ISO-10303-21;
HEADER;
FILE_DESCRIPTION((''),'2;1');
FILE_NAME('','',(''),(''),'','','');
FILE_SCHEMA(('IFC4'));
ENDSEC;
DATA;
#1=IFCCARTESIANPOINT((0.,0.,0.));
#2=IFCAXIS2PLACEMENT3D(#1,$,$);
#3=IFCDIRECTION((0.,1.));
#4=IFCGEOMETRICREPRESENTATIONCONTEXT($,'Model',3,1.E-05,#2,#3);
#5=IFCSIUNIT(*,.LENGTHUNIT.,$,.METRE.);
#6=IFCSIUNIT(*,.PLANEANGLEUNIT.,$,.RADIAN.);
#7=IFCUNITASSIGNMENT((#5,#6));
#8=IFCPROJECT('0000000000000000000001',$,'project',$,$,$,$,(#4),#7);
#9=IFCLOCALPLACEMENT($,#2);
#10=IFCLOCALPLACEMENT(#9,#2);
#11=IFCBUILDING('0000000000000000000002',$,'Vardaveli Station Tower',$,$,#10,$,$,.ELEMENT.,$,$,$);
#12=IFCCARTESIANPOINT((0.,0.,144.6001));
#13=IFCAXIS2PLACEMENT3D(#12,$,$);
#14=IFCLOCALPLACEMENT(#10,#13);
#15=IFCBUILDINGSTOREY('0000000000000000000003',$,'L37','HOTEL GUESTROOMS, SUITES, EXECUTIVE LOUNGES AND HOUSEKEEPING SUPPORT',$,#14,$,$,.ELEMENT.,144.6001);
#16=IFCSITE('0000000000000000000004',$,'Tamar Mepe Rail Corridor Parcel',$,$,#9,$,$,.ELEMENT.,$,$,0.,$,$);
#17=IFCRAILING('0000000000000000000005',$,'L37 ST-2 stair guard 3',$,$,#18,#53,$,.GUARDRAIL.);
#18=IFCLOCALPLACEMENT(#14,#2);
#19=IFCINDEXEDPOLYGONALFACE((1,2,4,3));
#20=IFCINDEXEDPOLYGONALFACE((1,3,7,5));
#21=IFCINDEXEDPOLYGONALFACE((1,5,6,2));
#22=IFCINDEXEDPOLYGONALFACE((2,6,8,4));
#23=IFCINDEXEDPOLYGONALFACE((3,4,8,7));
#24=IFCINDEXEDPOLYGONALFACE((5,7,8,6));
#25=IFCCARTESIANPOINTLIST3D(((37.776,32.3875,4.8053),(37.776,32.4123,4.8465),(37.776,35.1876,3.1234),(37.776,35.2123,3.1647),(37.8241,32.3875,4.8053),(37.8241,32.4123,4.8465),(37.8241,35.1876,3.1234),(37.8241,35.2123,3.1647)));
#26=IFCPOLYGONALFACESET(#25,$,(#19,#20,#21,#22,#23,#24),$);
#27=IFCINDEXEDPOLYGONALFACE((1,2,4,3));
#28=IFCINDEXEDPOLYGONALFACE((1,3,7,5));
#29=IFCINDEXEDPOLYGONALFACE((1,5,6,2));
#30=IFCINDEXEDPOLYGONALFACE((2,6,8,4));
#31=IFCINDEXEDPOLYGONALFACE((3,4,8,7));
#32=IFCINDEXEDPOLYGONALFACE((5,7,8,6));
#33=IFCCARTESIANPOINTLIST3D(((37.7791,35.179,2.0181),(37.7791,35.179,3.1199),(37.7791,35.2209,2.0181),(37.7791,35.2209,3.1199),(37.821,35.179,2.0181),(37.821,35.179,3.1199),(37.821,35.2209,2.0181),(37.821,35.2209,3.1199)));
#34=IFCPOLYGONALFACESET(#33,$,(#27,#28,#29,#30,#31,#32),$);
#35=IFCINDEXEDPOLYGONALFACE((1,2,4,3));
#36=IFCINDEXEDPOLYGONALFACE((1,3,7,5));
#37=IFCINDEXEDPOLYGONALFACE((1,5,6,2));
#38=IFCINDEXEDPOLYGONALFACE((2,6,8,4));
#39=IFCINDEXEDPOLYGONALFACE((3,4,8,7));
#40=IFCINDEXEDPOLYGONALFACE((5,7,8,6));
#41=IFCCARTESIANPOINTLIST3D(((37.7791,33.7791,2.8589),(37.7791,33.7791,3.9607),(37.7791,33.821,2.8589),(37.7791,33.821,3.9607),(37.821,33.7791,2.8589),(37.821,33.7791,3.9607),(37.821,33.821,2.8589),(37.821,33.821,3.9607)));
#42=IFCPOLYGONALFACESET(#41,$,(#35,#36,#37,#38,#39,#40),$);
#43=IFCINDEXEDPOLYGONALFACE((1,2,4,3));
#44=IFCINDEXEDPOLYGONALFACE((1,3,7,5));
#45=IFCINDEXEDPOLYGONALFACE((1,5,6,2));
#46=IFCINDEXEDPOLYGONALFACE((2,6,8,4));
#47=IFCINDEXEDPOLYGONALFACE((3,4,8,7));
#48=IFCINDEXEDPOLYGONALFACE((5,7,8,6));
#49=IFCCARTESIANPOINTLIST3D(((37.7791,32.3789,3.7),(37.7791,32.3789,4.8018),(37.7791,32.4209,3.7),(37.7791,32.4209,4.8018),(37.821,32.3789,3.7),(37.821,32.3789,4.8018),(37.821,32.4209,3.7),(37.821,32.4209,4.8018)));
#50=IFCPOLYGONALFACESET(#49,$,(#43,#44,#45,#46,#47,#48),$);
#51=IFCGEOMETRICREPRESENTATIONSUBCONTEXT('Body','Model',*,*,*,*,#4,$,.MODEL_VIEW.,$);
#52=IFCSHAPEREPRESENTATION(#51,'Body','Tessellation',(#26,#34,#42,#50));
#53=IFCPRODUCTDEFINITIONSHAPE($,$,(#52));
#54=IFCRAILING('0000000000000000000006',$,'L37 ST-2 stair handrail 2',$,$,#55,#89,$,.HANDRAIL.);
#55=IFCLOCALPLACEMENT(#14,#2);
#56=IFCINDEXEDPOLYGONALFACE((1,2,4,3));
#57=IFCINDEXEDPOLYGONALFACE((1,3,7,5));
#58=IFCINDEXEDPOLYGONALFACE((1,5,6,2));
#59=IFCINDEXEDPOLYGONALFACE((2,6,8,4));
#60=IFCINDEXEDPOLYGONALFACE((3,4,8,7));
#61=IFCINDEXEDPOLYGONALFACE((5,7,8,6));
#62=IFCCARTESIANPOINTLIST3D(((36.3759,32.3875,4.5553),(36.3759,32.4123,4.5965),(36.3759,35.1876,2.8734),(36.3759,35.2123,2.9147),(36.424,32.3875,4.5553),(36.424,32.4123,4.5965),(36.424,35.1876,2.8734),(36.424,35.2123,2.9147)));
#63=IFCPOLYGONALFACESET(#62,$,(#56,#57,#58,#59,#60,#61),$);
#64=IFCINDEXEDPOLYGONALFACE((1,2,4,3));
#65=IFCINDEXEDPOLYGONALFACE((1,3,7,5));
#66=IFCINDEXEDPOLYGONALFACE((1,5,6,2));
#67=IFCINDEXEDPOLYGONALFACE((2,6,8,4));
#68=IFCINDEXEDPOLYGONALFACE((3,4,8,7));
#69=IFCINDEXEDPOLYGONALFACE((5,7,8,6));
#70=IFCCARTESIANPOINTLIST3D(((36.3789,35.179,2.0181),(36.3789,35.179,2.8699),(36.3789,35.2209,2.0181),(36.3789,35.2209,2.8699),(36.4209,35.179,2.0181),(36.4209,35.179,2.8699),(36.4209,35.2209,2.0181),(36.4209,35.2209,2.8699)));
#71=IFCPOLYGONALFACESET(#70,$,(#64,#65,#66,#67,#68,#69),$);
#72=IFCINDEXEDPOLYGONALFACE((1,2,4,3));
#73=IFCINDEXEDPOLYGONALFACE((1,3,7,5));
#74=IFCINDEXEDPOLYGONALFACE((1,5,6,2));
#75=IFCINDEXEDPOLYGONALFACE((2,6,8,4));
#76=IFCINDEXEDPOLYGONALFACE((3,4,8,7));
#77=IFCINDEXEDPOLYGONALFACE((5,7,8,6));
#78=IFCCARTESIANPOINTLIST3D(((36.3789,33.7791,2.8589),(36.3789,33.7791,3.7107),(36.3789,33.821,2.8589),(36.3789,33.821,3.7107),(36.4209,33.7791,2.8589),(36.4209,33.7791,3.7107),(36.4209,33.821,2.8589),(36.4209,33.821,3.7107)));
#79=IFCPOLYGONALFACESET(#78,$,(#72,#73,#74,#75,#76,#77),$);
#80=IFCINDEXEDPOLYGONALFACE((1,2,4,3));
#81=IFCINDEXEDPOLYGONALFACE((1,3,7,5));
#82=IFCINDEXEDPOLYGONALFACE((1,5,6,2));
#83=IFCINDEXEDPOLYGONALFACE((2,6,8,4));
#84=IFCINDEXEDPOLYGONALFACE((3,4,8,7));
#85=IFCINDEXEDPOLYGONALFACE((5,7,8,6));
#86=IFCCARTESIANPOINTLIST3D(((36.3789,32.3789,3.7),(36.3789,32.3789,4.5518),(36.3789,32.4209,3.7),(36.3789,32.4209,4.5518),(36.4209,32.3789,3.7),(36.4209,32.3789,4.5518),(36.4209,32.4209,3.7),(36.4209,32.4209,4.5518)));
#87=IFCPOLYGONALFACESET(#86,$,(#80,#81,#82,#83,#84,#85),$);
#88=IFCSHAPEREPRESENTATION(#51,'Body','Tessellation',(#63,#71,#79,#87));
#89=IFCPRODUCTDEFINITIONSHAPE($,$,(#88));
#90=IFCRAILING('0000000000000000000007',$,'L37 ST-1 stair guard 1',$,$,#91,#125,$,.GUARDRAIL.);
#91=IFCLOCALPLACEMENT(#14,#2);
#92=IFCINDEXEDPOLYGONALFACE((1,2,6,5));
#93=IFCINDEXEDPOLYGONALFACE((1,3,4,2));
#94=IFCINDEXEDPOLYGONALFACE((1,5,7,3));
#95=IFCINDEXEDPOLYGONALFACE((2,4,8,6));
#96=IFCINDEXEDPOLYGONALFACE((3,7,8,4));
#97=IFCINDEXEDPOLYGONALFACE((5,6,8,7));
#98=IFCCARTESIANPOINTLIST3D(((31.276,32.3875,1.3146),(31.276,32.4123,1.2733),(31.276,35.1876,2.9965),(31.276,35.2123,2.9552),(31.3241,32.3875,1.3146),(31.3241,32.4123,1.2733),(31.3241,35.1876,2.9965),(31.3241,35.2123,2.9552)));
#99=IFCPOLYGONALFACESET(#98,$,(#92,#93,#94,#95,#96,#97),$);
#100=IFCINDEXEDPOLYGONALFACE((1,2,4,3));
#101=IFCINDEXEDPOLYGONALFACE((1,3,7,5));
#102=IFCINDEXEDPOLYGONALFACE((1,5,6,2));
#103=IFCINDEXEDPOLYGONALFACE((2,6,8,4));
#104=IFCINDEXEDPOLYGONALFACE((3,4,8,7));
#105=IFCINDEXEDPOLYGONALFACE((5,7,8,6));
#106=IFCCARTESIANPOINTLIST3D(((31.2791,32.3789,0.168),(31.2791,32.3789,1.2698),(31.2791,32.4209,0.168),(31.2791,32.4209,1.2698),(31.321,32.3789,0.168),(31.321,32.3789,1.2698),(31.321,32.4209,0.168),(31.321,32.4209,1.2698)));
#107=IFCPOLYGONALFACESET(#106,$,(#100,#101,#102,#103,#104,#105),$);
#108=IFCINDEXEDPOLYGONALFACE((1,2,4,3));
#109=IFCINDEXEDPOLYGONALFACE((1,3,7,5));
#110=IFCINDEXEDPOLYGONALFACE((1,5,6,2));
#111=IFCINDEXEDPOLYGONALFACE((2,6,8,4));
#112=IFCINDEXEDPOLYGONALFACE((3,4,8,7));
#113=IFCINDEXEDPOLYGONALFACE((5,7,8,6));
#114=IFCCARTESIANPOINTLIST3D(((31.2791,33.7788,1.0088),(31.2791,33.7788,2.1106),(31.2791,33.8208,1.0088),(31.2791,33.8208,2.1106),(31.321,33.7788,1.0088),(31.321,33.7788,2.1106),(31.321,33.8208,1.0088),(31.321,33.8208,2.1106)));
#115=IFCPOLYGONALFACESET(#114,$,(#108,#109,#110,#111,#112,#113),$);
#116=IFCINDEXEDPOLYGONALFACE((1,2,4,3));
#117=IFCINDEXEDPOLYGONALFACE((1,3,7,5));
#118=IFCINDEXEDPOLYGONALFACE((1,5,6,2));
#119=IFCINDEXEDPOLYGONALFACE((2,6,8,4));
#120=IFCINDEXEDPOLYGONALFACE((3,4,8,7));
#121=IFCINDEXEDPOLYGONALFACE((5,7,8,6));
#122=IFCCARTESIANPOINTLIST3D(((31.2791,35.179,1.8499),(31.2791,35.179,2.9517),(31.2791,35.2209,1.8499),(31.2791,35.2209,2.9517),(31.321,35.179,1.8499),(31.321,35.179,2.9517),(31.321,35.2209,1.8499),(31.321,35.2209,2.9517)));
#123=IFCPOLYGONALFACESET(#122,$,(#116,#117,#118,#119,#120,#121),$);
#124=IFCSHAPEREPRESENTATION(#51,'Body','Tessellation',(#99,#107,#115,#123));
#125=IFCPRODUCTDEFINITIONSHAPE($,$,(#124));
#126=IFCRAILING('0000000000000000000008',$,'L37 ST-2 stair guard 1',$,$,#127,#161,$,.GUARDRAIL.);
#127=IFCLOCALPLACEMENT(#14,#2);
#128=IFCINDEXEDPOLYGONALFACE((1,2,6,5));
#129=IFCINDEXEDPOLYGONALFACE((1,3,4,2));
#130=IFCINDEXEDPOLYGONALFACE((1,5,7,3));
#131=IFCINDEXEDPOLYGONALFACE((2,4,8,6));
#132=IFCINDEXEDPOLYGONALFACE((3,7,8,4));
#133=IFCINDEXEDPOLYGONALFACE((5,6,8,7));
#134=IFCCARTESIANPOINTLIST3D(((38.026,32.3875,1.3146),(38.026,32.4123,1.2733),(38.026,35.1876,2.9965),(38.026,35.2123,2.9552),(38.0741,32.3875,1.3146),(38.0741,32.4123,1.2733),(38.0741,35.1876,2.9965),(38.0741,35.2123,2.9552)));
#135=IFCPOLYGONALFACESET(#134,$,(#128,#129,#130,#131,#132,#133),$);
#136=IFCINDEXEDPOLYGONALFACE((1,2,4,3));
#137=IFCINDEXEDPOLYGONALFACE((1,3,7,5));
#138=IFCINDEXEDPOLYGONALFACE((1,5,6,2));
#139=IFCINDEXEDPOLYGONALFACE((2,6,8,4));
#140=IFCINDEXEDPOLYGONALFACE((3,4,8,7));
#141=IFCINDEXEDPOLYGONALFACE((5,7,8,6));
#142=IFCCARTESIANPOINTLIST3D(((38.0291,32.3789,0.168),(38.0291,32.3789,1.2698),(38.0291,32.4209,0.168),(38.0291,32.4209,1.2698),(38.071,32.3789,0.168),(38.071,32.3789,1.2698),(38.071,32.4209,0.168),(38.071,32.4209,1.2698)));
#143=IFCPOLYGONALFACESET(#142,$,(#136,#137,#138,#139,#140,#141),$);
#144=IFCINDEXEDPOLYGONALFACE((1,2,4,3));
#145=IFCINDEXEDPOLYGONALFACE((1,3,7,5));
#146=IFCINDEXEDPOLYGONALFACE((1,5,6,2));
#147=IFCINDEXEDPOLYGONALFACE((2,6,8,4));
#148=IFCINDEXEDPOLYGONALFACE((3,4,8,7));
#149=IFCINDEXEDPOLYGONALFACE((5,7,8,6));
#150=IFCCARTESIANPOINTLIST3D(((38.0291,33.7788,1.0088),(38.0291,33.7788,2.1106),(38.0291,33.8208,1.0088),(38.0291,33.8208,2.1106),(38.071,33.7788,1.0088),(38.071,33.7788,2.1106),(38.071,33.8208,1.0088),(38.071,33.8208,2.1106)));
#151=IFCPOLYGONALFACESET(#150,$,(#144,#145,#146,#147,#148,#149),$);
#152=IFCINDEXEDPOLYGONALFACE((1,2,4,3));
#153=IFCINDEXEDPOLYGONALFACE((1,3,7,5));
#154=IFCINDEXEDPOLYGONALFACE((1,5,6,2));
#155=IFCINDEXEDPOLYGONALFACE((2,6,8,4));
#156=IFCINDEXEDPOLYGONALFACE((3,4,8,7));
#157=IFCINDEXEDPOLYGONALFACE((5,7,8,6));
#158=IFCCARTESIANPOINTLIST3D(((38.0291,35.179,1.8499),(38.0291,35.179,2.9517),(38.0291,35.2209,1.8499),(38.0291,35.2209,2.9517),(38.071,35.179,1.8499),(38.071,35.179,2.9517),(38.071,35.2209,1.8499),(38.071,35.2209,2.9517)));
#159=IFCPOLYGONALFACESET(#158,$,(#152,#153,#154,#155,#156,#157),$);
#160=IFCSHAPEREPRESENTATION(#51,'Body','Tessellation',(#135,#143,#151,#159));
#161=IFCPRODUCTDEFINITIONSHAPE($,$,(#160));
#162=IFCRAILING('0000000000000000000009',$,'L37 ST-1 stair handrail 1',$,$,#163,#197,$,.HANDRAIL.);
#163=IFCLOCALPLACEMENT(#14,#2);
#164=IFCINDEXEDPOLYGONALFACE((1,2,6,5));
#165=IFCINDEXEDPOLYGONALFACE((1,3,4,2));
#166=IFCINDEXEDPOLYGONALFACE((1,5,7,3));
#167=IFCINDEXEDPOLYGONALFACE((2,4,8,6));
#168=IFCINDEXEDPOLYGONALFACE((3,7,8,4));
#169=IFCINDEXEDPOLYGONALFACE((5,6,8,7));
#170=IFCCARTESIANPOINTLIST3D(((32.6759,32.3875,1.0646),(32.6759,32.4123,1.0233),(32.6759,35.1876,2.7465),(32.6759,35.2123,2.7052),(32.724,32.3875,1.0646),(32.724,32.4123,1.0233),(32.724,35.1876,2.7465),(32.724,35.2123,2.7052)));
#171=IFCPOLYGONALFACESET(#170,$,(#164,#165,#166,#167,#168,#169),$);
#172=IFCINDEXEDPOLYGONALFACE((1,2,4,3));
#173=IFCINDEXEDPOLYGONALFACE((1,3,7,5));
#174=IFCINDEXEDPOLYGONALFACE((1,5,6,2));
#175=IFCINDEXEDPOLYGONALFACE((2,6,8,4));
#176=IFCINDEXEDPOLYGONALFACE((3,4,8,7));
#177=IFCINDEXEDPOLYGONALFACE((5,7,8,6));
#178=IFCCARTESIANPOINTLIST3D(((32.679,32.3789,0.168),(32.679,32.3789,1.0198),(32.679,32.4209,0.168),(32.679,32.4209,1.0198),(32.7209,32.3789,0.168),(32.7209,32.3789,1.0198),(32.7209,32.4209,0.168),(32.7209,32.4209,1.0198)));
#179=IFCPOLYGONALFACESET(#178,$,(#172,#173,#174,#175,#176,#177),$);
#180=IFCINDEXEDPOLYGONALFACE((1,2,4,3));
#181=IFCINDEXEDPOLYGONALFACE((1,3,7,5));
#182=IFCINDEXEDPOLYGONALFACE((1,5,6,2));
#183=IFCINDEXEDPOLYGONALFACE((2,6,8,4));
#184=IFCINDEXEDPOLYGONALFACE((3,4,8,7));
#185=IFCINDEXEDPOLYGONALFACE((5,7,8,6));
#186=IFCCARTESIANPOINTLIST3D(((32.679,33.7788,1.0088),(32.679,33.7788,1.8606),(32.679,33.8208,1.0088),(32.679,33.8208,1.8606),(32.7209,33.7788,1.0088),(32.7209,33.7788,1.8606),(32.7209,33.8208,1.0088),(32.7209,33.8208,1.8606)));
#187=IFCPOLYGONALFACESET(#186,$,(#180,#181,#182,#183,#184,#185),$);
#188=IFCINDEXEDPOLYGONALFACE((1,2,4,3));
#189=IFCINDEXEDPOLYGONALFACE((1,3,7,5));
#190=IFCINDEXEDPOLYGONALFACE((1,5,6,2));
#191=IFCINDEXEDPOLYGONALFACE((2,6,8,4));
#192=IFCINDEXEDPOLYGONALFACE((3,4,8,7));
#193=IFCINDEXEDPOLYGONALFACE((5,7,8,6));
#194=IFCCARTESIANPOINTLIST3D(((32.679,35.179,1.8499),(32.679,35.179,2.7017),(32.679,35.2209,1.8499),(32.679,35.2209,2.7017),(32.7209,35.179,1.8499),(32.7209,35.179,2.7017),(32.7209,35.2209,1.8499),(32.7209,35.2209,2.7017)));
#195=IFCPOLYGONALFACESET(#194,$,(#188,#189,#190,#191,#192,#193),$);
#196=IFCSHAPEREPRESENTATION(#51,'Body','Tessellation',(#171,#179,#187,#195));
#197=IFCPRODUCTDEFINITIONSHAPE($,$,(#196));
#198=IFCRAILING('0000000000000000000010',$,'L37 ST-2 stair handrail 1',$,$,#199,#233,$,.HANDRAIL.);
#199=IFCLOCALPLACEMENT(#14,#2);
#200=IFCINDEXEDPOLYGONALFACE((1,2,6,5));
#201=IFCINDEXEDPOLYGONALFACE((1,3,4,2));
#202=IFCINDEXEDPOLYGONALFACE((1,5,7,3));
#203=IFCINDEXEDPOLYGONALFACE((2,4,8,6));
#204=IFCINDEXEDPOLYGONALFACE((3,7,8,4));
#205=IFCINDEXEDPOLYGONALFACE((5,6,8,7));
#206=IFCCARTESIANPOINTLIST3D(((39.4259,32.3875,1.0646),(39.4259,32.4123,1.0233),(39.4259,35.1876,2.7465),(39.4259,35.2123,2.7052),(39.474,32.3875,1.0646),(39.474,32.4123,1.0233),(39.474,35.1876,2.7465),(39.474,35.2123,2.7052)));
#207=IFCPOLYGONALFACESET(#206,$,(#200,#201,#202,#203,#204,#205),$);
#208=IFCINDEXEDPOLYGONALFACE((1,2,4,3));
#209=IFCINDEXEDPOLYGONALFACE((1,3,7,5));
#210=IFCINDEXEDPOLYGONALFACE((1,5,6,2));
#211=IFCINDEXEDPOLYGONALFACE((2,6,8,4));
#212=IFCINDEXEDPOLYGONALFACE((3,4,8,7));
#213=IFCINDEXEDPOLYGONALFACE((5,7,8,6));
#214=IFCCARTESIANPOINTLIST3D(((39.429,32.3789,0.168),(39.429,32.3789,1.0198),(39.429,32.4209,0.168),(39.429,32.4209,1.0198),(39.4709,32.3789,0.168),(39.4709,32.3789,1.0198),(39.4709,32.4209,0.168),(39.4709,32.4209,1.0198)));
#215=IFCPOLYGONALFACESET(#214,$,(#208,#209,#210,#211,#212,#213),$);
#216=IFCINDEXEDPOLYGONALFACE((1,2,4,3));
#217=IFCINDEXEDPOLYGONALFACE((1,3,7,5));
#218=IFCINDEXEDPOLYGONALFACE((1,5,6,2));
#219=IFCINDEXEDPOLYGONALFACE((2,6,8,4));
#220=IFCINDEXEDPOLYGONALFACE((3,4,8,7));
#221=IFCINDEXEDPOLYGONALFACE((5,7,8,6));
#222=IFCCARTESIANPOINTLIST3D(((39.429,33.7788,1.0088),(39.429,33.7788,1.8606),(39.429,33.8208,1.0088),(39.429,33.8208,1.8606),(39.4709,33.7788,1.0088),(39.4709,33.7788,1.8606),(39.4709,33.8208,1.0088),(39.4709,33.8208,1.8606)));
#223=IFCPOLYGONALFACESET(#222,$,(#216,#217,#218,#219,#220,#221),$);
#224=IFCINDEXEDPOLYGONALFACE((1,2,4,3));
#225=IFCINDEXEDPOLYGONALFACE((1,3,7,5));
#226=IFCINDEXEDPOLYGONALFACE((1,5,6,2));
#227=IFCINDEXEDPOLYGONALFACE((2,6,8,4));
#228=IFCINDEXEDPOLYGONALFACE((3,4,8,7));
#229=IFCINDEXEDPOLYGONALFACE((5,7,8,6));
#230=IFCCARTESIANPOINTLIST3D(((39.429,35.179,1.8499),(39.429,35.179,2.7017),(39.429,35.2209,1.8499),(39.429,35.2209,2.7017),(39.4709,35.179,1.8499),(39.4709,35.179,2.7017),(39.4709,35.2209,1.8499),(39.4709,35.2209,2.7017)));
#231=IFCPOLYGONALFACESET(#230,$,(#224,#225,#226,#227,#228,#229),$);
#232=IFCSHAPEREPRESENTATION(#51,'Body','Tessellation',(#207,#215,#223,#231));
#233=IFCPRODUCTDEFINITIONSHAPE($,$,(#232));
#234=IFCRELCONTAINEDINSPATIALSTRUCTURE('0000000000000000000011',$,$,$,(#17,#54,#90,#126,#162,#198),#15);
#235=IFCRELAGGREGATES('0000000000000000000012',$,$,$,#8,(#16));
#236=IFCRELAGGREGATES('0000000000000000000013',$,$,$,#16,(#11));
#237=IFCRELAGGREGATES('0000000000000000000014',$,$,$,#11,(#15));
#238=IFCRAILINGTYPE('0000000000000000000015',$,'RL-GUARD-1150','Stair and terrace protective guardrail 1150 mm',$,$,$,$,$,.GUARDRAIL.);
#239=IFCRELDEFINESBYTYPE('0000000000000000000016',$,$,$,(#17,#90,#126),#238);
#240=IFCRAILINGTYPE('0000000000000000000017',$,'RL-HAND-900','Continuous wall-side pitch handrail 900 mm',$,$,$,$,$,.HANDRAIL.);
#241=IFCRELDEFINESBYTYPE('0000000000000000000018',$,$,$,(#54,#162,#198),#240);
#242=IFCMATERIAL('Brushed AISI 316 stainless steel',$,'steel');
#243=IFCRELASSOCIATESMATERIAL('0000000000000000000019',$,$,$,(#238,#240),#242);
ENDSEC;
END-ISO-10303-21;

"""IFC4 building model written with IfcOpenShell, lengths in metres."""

from ifc_helpers import new_model, si_unit, direction, frame, origin, origin_2d, place, context, subcontext, project, spatial, rectangle, extrude, source, transform, mapped, material, type_object, element, save


model = new_model("IFC4")

# Units and contexts
model_context = context("Model", 3, precision=1e-05, world=origin(), true_north=direction((0.0, 1.0)))
body_context = subcontext(model_context, "Body", "Model", "MODEL_VIEW")
ifc_project = project(units=[si_unit("LENGTHUNIT", "METRE"), si_unit("PLANEANGLEUNIT", "RADIAN")], contexts=[model_context])

# Site, building, storey
site_placement = place(None, origin())
site = spatial("IfcSite", under=ifc_project, at=site_placement, Name="Tamar Mepe Rail Corridor Parcel", CompositionType="ELEMENT", RefElevation=0.0)
building_placement = place(site_placement, origin())
building = spatial("IfcBuilding", under=site, at=building_placement, Name="Vardaveli Station Tower", CompositionType="ELEMENT")
storey_placement = place(building_placement, frame((0.0, 0.0, 144.6001)))
storey = spatial("IfcBuildingStorey", under=building, at=storey_placement, Name="L37", Description="HOTEL GUESTROOMS, SUITES, EXECUTIVE LOUNGES AND HOUSEKEEPING SUPPORT", CompositionType="ELEMENT", Elevation=144.6001)

# Railings
ifc_material_1 = material(Name="Brushed AISI 316 stainless steel", Category="steel")
railing_type_1 = type_object("IfcRailingType", Name="RL-GUARD-1150", Description="Stair and terrace protective guardrail 1150 mm", PredefinedType="GUARDRAIL", material=ifc_material_1)
shared_shape_1 = source(origin(), body_context, "Body", "SweptSolid", [
    extrude(rectangle(XDim=0.0481, YDim=0.0481, at=origin_2d()), frame((0.0, 0.0, 1.126), z_axis=(0.0, -0.857242, 0.514913), x_axis=(1.0, 0.0, 0.0)), (0.0, 0.0, 1.0), 3.2664),
    extrude(rectangle(XDim=0.042, YDim=0.042, at=origin_2d()), origin(), (0.0, 0.0, 1.0), 1.1018),
    extrude(rectangle(XDim=0.042, YDim=0.042, at=origin_2d()), frame((0.0, -1.3999, 0.8408)), (0.0, 0.0, 1.0), 1.1018),
    extrude(rectangle(XDim=0.042, YDim=0.042, at=origin_2d()), frame((0.0, -2.8, 1.6819)), (0.0, 0.0, 1.0), 1.1018),
])
railing_1_placement = place(storey_placement, frame((37.8, 35.2, 2.0181)))
element("IfcRailing", 1, at=railing_1_placement, inside=storey, type_object=railing_type_1, Name="L37 ST-2 stair guard 3", PredefinedType="GUARDRAIL", context=body_context, shape_type="MappedRepresentation", body=[
    mapped(shared_shape_1, transform((0.0, 0.0, 0.0), scale=1.0)),
])
railing_type_2 = type_object("IfcRailingType", Name="RL-HAND-900", Description="Continuous wall-side pitch handrail 900 mm", PredefinedType="HANDRAIL", material=ifc_material_1)
shared_shape_2 = source(origin(), body_context, "Body", "SweptSolid", [
    extrude(rectangle(XDim=0.0481, YDim=0.0481, at=origin_2d()), frame((0.0, 0.0, 0.876), z_axis=(0.0, -0.857242, 0.514913), x_axis=(1.0, 0.0, 0.0)), (0.0, 0.0, 1.0), 3.2664),
    extrude(rectangle(XDim=0.042, YDim=0.042, at=origin_2d()), origin(), (0.0, 0.0, 1.0), 0.8518),
    extrude(rectangle(XDim=0.042, YDim=0.042, at=origin_2d()), frame((0.0, -1.3999, 0.8408)), (0.0, 0.0, 1.0), 0.8518),
    extrude(rectangle(XDim=0.042, YDim=0.042, at=origin_2d()), frame((0.0, -2.8, 1.6819)), (0.0, 0.0, 1.0), 0.8518),
])
railing_2_placement = place(storey_placement, frame((36.3999, 35.2, 2.0181)))
element("IfcRailing", 2, at=railing_2_placement, inside=storey, type_object=railing_type_2, Name="L37 ST-2 stair handrail 2", PredefinedType="HANDRAIL", context=body_context, shape_type="MappedRepresentation", body=[
    mapped(shared_shape_2, transform((0.0, 0.0, 0.0), scale=1.0)),
])
shared_shape_3 = source(origin(), body_context, "Body", "SweptSolid", [
    extrude(rectangle(XDim=0.0481, YDim=0.0481, at=origin_2d()), frame((0.0, 0.0, 1.126), z_axis=(0.0, 0.857242, 0.514913), x_axis=(-1.0, 0.0, 0.0)), (0.0, 0.0, 1.0), 3.2664),
    extrude(rectangle(XDim=0.042, YDim=0.042, at=origin_2d()), origin(), (0.0, 0.0, 1.0), 1.1018),
    extrude(rectangle(XDim=0.042, YDim=0.042, at=origin_2d()), frame((0.0, 1.3999, 0.8408)), (0.0, 0.0, 1.0), 1.1018),
    extrude(rectangle(XDim=0.042, YDim=0.042, at=origin_2d()), frame((0.0, 2.8, 1.6819)), (0.0, 0.0, 1.0), 1.1018),
])
for number, where, name in (
    (3, (31.3, 32.3999, 0.168), "L37 ST-1 stair guard 1"),
    (4, (38.05, 32.3999, 0.168), "L37 ST-2 stair guard 1"),
):
    element("IfcRailing", number, at=place(storey_placement, frame(where)), inside=storey, type_object=railing_type_1, Name=name, PredefinedType="GUARDRAIL", context=body_context, shape_type="MappedRepresentation", body=[
        mapped(shared_shape_3, transform((0.0, 0.0, 0.0), scale=1.0)),
    ])
shared_shape_4 = source(origin(), body_context, "Body", "SweptSolid", [
    extrude(rectangle(XDim=0.0481, YDim=0.0481, at=origin_2d()), frame((0.0, 0.0, 0.876), z_axis=(0.0, 0.857242, 0.514913), x_axis=(-1.0, 0.0, 0.0)), (0.0, 0.0, 1.0), 3.2664),
    extrude(rectangle(XDim=0.042, YDim=0.042, at=origin_2d()), origin(), (0.0, 0.0, 1.0), 0.8518),
    extrude(rectangle(XDim=0.042, YDim=0.042, at=origin_2d()), frame((0.0, 1.3999, 0.8408)), (0.0, 0.0, 1.0), 0.8518),
    extrude(rectangle(XDim=0.042, YDim=0.042, at=origin_2d()), frame((0.0, 2.8, 1.6819)), (0.0, 0.0, 1.0), 0.8518),
])
for number, where, name in (
    (5, (32.7, 32.3999, 0.168), "L37 ST-1 stair handrail 1"),
    (6, (39.45, 32.3999, 0.168), "L37 ST-2 stair handrail 1"),
):
    element("IfcRailing", number, at=place(storey_placement, frame(where)), inside=storey, type_object=railing_type_2, Name=name, PredefinedType="HANDRAIL", context=body_context, shape_type="MappedRepresentation", body=[
        mapped(shared_shape_4, transform((0.0, 0.0, 0.0), scale=1.0)),
    ])

save(model, "model.ifc")
